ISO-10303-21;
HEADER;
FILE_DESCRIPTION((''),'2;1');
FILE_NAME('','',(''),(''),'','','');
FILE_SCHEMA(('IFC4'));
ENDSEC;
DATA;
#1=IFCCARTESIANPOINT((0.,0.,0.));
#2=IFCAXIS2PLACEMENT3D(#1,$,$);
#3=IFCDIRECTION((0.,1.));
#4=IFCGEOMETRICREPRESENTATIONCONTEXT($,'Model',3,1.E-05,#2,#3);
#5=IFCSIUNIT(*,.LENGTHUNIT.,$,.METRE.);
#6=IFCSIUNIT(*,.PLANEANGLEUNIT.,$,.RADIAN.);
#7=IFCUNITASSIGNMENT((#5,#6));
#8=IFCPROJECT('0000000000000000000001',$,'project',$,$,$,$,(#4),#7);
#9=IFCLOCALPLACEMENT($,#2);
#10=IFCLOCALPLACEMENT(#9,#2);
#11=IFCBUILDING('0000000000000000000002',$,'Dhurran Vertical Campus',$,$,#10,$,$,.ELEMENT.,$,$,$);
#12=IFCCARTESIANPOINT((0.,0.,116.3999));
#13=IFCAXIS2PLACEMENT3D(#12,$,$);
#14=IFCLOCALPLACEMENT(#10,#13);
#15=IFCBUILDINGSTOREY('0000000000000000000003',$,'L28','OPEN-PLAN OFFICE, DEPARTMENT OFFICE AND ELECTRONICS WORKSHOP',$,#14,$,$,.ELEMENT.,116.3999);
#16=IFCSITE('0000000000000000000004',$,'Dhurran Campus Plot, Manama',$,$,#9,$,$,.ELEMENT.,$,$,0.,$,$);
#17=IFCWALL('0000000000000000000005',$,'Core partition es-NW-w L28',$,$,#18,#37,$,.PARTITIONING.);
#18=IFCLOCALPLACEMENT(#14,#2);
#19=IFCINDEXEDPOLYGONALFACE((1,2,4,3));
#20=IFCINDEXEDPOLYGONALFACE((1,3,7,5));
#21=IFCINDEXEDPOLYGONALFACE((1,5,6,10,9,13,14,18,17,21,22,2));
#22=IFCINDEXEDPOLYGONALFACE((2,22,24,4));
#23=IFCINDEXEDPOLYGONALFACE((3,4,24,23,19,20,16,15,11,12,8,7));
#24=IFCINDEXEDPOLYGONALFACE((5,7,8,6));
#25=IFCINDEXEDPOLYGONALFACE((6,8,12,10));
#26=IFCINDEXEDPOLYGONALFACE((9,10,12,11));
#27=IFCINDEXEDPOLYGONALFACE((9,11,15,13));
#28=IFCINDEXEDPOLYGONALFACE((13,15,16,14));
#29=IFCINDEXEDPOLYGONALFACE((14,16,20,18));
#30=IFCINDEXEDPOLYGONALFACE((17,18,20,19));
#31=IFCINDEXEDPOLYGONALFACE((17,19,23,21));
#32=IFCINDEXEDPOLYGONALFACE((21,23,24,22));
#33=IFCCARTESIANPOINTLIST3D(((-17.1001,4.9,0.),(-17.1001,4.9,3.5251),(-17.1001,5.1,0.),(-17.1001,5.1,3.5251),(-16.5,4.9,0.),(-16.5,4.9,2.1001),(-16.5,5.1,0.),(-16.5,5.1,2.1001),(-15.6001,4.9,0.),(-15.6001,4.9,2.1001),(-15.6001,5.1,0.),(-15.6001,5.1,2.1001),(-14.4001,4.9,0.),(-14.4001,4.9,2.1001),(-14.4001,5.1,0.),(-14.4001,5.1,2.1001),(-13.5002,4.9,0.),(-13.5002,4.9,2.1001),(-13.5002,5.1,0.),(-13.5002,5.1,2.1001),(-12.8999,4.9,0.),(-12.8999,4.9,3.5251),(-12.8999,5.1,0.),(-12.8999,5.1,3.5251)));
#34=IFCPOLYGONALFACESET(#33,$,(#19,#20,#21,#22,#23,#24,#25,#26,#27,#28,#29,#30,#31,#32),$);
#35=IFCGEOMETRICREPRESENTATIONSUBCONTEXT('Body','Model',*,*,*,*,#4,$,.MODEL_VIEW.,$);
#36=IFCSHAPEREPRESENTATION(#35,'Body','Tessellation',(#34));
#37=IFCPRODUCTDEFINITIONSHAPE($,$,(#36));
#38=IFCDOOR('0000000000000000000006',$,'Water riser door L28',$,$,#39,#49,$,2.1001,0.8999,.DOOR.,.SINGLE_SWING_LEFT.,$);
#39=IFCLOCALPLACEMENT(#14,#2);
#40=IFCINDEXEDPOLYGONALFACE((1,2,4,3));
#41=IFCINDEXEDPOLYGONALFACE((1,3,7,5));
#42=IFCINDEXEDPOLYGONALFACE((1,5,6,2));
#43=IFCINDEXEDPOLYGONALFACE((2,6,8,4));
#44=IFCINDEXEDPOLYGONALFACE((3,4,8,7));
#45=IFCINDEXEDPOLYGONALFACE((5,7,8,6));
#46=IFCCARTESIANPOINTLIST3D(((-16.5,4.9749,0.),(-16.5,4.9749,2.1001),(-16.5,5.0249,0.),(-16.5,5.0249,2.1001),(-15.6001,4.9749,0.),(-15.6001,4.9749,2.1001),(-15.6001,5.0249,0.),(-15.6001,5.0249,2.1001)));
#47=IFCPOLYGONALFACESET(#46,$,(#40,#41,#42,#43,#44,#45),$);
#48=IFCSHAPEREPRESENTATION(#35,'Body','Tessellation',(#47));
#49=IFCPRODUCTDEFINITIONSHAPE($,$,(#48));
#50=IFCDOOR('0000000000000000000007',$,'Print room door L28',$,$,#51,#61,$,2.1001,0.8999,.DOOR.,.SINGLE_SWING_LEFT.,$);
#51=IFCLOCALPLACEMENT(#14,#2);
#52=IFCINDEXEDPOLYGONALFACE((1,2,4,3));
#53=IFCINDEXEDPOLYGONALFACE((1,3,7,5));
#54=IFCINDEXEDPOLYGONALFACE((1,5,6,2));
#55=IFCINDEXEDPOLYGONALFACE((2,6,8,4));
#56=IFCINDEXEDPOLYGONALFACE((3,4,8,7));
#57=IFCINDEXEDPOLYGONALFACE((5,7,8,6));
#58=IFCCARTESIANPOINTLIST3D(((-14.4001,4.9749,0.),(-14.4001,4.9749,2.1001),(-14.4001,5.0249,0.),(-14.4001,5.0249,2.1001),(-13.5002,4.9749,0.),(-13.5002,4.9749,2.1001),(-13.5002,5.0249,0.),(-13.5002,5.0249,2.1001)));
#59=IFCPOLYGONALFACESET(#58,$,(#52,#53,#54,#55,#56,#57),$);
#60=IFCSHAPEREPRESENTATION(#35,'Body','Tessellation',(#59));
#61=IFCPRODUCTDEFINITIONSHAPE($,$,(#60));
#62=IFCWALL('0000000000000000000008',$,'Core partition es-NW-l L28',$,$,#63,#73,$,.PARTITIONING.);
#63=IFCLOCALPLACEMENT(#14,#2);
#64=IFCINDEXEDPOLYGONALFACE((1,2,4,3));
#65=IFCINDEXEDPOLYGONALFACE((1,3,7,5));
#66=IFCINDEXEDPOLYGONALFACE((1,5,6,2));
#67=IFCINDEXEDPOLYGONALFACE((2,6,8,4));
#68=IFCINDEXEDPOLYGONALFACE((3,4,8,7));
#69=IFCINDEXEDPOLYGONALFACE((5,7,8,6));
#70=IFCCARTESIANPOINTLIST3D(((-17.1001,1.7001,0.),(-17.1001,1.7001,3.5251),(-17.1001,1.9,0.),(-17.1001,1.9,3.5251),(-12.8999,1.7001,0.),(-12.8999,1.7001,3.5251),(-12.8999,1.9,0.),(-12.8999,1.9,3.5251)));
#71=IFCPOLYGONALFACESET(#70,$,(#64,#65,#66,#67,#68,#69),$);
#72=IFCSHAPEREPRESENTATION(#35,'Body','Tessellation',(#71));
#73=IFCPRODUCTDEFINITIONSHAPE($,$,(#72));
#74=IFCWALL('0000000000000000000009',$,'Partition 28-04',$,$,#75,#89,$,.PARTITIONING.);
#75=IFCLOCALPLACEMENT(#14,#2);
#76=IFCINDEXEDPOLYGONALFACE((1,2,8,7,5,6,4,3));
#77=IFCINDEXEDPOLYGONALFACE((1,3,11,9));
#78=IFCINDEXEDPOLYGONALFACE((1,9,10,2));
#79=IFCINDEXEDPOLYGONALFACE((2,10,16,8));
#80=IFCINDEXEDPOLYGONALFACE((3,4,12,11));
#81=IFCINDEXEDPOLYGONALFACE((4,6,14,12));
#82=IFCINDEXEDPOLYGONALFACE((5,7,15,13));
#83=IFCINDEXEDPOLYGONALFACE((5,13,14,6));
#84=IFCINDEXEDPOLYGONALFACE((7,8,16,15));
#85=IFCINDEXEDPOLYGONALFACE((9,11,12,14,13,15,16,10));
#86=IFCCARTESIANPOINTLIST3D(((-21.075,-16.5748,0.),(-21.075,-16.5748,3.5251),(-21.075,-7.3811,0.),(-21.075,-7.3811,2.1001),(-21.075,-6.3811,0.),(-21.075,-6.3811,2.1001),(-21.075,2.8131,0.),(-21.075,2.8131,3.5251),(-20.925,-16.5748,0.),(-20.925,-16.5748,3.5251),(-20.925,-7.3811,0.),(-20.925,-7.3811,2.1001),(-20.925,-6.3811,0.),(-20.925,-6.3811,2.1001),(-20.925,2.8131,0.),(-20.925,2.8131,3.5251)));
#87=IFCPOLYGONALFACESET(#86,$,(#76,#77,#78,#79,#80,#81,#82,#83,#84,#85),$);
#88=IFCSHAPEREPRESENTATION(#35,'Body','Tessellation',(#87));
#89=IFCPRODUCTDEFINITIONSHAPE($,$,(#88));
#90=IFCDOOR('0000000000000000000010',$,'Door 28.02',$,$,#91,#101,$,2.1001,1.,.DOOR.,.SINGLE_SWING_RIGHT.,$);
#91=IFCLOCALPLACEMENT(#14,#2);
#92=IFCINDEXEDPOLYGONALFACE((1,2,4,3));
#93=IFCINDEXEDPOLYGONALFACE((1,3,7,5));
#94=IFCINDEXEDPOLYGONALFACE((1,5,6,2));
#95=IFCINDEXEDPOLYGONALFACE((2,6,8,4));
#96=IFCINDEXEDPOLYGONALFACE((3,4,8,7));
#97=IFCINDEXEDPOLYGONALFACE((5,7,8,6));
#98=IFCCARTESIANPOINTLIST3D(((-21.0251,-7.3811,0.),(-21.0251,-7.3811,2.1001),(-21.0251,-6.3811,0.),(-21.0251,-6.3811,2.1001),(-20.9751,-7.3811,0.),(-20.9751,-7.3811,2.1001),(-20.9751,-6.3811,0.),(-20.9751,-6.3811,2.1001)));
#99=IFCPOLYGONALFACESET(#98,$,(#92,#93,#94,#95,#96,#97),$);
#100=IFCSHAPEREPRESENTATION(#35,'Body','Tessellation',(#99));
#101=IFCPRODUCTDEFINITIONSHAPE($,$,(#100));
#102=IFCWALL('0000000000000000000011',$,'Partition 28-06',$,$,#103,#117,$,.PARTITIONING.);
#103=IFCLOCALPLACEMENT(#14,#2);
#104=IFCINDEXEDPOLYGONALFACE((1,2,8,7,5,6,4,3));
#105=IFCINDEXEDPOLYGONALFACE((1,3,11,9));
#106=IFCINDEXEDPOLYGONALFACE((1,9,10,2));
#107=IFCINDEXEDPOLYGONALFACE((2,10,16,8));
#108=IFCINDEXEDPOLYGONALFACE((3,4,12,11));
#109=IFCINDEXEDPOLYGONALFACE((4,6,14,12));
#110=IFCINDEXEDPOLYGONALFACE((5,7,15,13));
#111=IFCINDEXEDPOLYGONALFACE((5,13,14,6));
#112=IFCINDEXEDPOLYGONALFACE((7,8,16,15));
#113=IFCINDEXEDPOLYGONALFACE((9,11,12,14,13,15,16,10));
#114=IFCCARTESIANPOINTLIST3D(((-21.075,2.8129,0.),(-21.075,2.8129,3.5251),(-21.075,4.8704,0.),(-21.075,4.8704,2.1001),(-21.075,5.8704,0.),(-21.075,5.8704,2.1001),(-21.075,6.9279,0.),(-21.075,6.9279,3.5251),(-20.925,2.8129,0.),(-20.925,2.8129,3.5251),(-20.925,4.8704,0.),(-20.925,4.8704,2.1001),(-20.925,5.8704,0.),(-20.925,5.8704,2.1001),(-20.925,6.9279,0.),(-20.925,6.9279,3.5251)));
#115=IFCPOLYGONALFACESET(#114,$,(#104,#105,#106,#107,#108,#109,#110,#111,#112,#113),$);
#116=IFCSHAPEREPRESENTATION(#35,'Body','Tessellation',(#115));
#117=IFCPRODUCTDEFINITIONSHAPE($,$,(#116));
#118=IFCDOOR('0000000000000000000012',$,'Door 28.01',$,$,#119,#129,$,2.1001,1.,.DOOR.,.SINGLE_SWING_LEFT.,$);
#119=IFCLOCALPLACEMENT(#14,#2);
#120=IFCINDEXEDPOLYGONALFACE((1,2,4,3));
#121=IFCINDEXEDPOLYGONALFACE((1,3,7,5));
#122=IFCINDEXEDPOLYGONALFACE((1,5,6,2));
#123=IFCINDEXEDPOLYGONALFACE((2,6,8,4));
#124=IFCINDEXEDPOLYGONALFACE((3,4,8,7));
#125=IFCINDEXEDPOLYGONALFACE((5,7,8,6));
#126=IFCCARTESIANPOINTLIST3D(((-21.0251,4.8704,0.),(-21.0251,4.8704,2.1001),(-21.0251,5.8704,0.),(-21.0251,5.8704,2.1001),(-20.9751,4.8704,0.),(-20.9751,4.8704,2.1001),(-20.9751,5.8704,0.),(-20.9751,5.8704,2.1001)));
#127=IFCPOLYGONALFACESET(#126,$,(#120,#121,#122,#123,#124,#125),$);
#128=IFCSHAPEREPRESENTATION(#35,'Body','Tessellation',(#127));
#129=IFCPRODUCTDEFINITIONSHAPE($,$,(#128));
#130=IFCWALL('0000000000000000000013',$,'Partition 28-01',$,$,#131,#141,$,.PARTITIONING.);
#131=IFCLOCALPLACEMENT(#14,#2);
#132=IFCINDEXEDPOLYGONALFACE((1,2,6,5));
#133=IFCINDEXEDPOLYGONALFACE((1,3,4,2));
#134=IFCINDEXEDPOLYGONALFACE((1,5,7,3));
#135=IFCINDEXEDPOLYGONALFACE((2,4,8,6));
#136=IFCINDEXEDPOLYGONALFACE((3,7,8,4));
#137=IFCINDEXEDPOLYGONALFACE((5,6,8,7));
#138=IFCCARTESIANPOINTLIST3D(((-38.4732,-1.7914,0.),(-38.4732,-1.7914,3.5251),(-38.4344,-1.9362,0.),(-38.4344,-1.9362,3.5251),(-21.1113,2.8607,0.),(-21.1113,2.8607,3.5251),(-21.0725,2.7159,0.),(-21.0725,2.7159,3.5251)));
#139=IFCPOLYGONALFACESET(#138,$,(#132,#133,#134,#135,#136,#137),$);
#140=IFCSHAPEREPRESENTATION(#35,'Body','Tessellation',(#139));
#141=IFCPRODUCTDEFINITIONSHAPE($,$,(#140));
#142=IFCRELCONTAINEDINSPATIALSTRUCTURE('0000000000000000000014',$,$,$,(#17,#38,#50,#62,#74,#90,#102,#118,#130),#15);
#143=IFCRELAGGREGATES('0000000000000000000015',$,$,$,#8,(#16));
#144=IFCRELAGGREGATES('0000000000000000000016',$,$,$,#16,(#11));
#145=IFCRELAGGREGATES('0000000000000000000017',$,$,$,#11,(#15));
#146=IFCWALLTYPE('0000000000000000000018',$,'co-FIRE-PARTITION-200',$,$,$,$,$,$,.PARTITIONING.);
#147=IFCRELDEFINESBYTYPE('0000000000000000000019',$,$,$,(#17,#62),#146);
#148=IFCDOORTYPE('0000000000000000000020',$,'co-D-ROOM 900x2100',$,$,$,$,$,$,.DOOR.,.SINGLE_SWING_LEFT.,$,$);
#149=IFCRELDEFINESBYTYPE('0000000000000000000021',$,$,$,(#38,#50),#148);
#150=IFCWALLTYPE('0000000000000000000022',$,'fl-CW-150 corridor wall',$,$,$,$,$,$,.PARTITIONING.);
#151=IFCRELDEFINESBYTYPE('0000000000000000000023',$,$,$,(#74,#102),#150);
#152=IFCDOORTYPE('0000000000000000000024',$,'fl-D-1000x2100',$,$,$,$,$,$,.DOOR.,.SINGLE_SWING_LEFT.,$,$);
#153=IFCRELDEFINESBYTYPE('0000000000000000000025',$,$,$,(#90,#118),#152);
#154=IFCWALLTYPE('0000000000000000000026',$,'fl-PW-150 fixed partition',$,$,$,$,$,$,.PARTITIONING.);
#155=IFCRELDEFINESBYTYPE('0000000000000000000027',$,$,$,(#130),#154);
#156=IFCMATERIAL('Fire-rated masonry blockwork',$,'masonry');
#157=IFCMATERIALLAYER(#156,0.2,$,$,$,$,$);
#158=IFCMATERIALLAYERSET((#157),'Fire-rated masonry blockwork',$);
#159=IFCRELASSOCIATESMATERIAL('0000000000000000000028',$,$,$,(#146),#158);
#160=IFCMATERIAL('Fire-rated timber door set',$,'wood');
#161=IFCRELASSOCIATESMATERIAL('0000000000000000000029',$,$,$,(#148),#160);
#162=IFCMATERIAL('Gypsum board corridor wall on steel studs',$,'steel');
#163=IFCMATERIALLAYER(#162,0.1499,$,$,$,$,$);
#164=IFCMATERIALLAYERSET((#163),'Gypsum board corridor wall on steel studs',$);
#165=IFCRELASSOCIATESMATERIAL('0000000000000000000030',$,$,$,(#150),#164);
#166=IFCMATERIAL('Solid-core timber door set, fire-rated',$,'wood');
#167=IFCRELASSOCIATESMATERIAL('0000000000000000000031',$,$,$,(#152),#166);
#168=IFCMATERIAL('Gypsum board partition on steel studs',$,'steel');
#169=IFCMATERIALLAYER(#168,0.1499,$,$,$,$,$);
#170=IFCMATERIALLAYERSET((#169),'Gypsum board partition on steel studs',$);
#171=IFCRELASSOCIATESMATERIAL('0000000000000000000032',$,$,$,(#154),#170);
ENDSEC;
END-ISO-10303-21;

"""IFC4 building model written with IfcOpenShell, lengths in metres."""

from ifc_helpers import new_model, si_unit, direction, frame, frame_2d, origin, place, context, subcontext, project, spatial, rectangle, extrude, material, layer, layer_set, type_object, element, fill, save


model = new_model("IFC4")

# Units and contexts
model_context = context("Model", 3, precision=1e-05, world=origin(), true_north=direction((0.0, 1.0)))
body_context = subcontext(model_context, "Body", "Model", "MODEL_VIEW")
ifc_project = project(units=[si_unit("LENGTHUNIT", "METRE"), si_unit("PLANEANGLEUNIT", "RADIAN")], contexts=[model_context])

# Site, building, storey
site_placement = place(None, origin())
site = spatial("IfcSite", under=ifc_project, at=site_placement, Name="Dhurran Campus Plot, Manama", CompositionType="ELEMENT", RefElevation=0.0)
building_placement = place(site_placement, origin())
building = spatial("IfcBuilding", under=site, at=building_placement, Name="Dhurran Vertical Campus", CompositionType="ELEMENT")
storey_placement = place(building_placement, frame((0.0, 0.0, 116.3999)))
storey = spatial("IfcBuildingStorey", under=building, at=storey_placement, Name="L28", Description="OPEN-PLAN OFFICE, DEPARTMENT OFFICE AND ELECTRONICS WORKSHOP", CompositionType="ELEMENT", Elevation=116.3999)

# Shared definitions
ifc_material_1 = material(Name="Fire-rated masonry blockwork", Category="masonry")
ifc_layer_1 = layer(ifc_material_1, 0.2)
ifc_layer_set_1 = layer_set([ifc_layer_1], Name="Fire-rated masonry blockwork")
wall_type_1 = type_object("IfcWallType", Name="co-FIRE-PARTITION-200", PredefinedType="PARTITIONING", material=ifc_layer_set_1)

# Shared definitions
ifc_material_2 = material(Name="Fire-rated timber door set", Category="wood")
door_type_1 = type_object("IfcDoorType", Name="co-D-ROOM 900x2100", OperationType="SINGLE_SWING_LEFT", PredefinedType="DOOR", material=ifc_material_2)

# Wall, openings, doors
wall_1_placement = place(storey_placement, frame((-17.1001, 5.0, 0.0), z_axis=(0.0, 0.0, 1.0), x_axis=(1.0, 0.0, 0.0)))
wall_1 = element("IfcWall", 1, at=wall_1_placement, inside=storey, type_object=wall_type_1, Name="Core partition es-NW-w L28", PredefinedType="PARTITIONING", context=body_context, shape_type="SweptSolid", body=[
    extrude(rectangle(XDim=4.2002, YDim=0.2, at=frame_2d((2.1001, 0.0))), origin(), (0.0, 0.0, 1.0), 3.5251),
])
opening_1_placement = place(wall_1_placement, frame((0.6001, 0.0, 0.0)))
opening_1 = element("IfcOpeningElement", 2, at=opening_1_placement, cuts=wall_1, PredefinedType="OPENING", context=body_context, shape_type="SweptSolid", body=[
    extrude(rectangle(XDim=0.8999, YDim=2.1001, at=frame_2d((0.45, 1.05))), frame((0.0, 0.1099, 0.0), z_axis=(0.0, -1.0, 0.0), x_axis=(1.0, 0.0, 0.0)), (0.0, 0.0, 1.0), 0.22),
])
opening_2_placement = place(wall_1_placement, frame((2.7, 0.0, 0.0)))
opening_2 = element("IfcOpeningElement", 3, at=opening_2_placement, cuts=wall_1, PredefinedType="OPENING", context=body_context, shape_type="SweptSolid", body=[
    extrude(rectangle(XDim=0.8999, YDim=2.1001, at=frame_2d((0.45, 1.05))), frame((0.0, 0.1099, 0.0), z_axis=(0.0, -1.0, 0.0), x_axis=(1.0, 0.0, 0.0)), (0.0, 0.0, 1.0), 0.22),
])
door_1_placement = place(opening_1_placement, origin())
door_1 = element("IfcDoor", 4, at=door_1_placement, inside=storey, type_object=door_type_1, Name="Water riser door L28", OperationType="SINGLE_SWING_LEFT", OverallHeight=2.1001, OverallWidth=0.8999, PredefinedType="DOOR", context=body_context, shape_type="SweptSolid", body=[
    extrude(rectangle(XDim=0.8999, YDim=2.1001, at=frame_2d((0.45, 1.05))), frame((0.0, 0.0249, 0.0), z_axis=(0.0, -1.0, 0.0), x_axis=(1.0, 0.0, 0.0)), (0.0, 0.0, 1.0), 0.05),
])
fill(opening_1, door_1)
door_2_placement = place(opening_2_placement, origin())
door_2 = element("IfcDoor", 5, at=door_2_placement, inside=storey, type_object=door_type_1, Name="Print room door L28", OperationType="SINGLE_SWING_LEFT", OverallHeight=2.1001, OverallWidth=0.8999, PredefinedType="DOOR", context=body_context, shape_type="SweptSolid", body=[
    extrude(rectangle(XDim=0.8999, YDim=2.1001, at=frame_2d((0.45, 1.05))), frame((0.0, 0.0249, 0.0), z_axis=(0.0, -1.0, 0.0), x_axis=(1.0, 0.0, 0.0)), (0.0, 0.0, 1.0), 0.05),
])
fill(opening_2, door_2)

# Wall
wall_2_placement = place(storey_placement, frame((-17.1001, 1.8, 0.0), z_axis=(0.0, 0.0, 1.0), x_axis=(1.0, 0.0, 0.0)))
element("IfcWall", 6, at=wall_2_placement, inside=storey, type_object=wall_type_1, Name="Core partition es-NW-l L28", PredefinedType="PARTITIONING", context=body_context, shape_type="SweptSolid", body=[
    extrude(rectangle(XDim=4.2002, YDim=0.2, at=frame_2d((2.1001, 0.0))), origin(), (0.0, 0.0, 1.0), 3.5251),
])

# Walls, openings, doors
ifc_material_3 = material(Name="Gypsum board corridor wall on steel studs", Category="steel")
ifc_layer_2 = layer(ifc_material_3, 0.1499)
ifc_layer_set_2 = layer_set([ifc_layer_2], Name="Gypsum board corridor wall on steel studs")
wall_type_2 = type_object("IfcWallType", Name="fl-CW-150 corridor wall", PredefinedType="PARTITIONING", material=ifc_layer_set_2)
wall_3_placement = place(storey_placement, frame((-21.0, 2.813, 0.0), z_axis=(0.0, 0.0, 1.0), x_axis=(0.0, -1.0, 0.0)))
wall_3 = element("IfcWall", 7, at=wall_3_placement, inside=storey, type_object=wall_type_2, Name="Partition 28-04", PredefinedType="PARTITIONING", context=body_context, shape_type="SweptSolid", body=[
    extrude(rectangle(XDim=19.3879, YDim=0.1499, at=frame_2d((9.6938, 0.0))), origin(), (0.0, 0.0, 1.0), 3.5251),
])
opening_3_placement = place(wall_3_placement, frame((9.1941, 0.0, 0.0)))
opening_3 = element("IfcOpeningElement", 8, at=opening_3_placement, cuts=wall_3, PredefinedType="OPENING", context=body_context, shape_type="SweptSolid", body=[
    extrude(rectangle(XDim=1.0, YDim=2.1001, at=frame_2d((0.5, 1.05))), frame((0.0, 0.085, 0.0), z_axis=(0.0, -1.0, 0.0), x_axis=(1.0, 0.0, 0.0)), (0.0, 0.0, 1.0), 0.1699),
])
ifc_material_4 = material(Name="Solid-core timber door set, fire-rated", Category="wood")
door_type_2 = type_object("IfcDoorType", Name="fl-D-1000x2100", OperationType="SINGLE_SWING_LEFT", PredefinedType="DOOR", material=ifc_material_4)
door_3_placement = place(opening_3_placement, origin())
door_3 = element("IfcDoor", 9, at=door_3_placement, inside=storey, type_object=door_type_2, Name="Door 28.02", OperationType="SINGLE_SWING_RIGHT", OverallHeight=2.1001, OverallWidth=1.0, PredefinedType="DOOR", context=body_context, shape_type="SweptSolid", body=[
    extrude(rectangle(XDim=1.0, YDim=2.1001, at=frame_2d((0.5, 1.05))), frame((0.0, 0.0249, 0.0), z_axis=(0.0, -1.0, 0.0), x_axis=(1.0, 0.0, 0.0)), (0.0, 0.0, 1.0), 0.05),
])
fill(opening_3, door_3)
wall_4_placement = place(storey_placement, frame((-21.0, 6.928, 0.0), z_axis=(0.0, 0.0, 1.0), x_axis=(0.0, -1.0, 0.0)))
wall_4 = element("IfcWall", 10, at=wall_4_placement, inside=storey, type_object=wall_type_2, Name="Partition 28-06", PredefinedType="PARTITIONING", context=body_context, shape_type="SweptSolid", body=[
    extrude(rectangle(XDim=4.115, YDim=0.1499, at=frame_2d((2.0576, 0.0))), origin(), (0.0, 0.0, 1.0), 3.5251),
])
opening_4_placement = place(wall_4_placement, frame((1.0576, 0.0, 0.0)))
opening_4 = element("IfcOpeningElement", 11, at=opening_4_placement, cuts=wall_4, PredefinedType="OPENING", context=body_context, shape_type="SweptSolid", body=[
    extrude(rectangle(XDim=1.0, YDim=2.1001, at=frame_2d((0.5, 1.05))), frame((0.0, 0.085, 0.0), z_axis=(0.0, -1.0, 0.0), x_axis=(1.0, 0.0, 0.0)), (0.0, 0.0, 1.0), 0.1699),
])
door_4_placement = place(opening_4_placement, origin())
door_4 = element("IfcDoor", 12, at=door_4_placement, inside=storey, type_object=door_type_2, Name="Door 28.01", OperationType="SINGLE_SWING_LEFT", OverallHeight=2.1001, OverallWidth=1.0, PredefinedType="DOOR", context=body_context, shape_type="SweptSolid", body=[
    extrude(rectangle(XDim=1.0, YDim=2.1001, at=frame_2d((0.5, 1.05))), frame((0.0, 0.0249, 0.0), z_axis=(0.0, -1.0, 0.0), x_axis=(1.0, 0.0, 0.0)), (0.0, 0.0, 1.0), 0.05),
])
fill(opening_4, door_4)

# Wall
ifc_material_5 = material(Name="Gypsum board partition on steel studs", Category="steel")
ifc_layer_3 = layer(ifc_material_5, 0.1499)
ifc_layer_set_3 = layer_set([ifc_layer_3], Name="Gypsum board partition on steel studs")
wall_type_3 = type_object("IfcWallType", Name="fl-PW-150 fixed partition", PredefinedType="PARTITIONING", material=ifc_layer_set_3)
wall_5_placement = place(storey_placement, frame((-21.0918, 2.7883, 0.0), z_axis=(0.0, 0.0, 1.0), x_axis=(-0.965926, -0.25882, 0.0)))
element("IfcWall", 13, at=wall_5_placement, inside=storey, type_object=wall_type_3, Name="Partition 28-01", PredefinedType="PARTITIONING", context=body_context, shape_type="SweptSolid", body=[
    extrude(rectangle(XDim=17.9744, YDim=0.1499, at=frame_2d((8.9873, 0.0))), origin(), (0.0, 0.0, 1.0), 3.5251),
])

save(model, "model.ifc")
